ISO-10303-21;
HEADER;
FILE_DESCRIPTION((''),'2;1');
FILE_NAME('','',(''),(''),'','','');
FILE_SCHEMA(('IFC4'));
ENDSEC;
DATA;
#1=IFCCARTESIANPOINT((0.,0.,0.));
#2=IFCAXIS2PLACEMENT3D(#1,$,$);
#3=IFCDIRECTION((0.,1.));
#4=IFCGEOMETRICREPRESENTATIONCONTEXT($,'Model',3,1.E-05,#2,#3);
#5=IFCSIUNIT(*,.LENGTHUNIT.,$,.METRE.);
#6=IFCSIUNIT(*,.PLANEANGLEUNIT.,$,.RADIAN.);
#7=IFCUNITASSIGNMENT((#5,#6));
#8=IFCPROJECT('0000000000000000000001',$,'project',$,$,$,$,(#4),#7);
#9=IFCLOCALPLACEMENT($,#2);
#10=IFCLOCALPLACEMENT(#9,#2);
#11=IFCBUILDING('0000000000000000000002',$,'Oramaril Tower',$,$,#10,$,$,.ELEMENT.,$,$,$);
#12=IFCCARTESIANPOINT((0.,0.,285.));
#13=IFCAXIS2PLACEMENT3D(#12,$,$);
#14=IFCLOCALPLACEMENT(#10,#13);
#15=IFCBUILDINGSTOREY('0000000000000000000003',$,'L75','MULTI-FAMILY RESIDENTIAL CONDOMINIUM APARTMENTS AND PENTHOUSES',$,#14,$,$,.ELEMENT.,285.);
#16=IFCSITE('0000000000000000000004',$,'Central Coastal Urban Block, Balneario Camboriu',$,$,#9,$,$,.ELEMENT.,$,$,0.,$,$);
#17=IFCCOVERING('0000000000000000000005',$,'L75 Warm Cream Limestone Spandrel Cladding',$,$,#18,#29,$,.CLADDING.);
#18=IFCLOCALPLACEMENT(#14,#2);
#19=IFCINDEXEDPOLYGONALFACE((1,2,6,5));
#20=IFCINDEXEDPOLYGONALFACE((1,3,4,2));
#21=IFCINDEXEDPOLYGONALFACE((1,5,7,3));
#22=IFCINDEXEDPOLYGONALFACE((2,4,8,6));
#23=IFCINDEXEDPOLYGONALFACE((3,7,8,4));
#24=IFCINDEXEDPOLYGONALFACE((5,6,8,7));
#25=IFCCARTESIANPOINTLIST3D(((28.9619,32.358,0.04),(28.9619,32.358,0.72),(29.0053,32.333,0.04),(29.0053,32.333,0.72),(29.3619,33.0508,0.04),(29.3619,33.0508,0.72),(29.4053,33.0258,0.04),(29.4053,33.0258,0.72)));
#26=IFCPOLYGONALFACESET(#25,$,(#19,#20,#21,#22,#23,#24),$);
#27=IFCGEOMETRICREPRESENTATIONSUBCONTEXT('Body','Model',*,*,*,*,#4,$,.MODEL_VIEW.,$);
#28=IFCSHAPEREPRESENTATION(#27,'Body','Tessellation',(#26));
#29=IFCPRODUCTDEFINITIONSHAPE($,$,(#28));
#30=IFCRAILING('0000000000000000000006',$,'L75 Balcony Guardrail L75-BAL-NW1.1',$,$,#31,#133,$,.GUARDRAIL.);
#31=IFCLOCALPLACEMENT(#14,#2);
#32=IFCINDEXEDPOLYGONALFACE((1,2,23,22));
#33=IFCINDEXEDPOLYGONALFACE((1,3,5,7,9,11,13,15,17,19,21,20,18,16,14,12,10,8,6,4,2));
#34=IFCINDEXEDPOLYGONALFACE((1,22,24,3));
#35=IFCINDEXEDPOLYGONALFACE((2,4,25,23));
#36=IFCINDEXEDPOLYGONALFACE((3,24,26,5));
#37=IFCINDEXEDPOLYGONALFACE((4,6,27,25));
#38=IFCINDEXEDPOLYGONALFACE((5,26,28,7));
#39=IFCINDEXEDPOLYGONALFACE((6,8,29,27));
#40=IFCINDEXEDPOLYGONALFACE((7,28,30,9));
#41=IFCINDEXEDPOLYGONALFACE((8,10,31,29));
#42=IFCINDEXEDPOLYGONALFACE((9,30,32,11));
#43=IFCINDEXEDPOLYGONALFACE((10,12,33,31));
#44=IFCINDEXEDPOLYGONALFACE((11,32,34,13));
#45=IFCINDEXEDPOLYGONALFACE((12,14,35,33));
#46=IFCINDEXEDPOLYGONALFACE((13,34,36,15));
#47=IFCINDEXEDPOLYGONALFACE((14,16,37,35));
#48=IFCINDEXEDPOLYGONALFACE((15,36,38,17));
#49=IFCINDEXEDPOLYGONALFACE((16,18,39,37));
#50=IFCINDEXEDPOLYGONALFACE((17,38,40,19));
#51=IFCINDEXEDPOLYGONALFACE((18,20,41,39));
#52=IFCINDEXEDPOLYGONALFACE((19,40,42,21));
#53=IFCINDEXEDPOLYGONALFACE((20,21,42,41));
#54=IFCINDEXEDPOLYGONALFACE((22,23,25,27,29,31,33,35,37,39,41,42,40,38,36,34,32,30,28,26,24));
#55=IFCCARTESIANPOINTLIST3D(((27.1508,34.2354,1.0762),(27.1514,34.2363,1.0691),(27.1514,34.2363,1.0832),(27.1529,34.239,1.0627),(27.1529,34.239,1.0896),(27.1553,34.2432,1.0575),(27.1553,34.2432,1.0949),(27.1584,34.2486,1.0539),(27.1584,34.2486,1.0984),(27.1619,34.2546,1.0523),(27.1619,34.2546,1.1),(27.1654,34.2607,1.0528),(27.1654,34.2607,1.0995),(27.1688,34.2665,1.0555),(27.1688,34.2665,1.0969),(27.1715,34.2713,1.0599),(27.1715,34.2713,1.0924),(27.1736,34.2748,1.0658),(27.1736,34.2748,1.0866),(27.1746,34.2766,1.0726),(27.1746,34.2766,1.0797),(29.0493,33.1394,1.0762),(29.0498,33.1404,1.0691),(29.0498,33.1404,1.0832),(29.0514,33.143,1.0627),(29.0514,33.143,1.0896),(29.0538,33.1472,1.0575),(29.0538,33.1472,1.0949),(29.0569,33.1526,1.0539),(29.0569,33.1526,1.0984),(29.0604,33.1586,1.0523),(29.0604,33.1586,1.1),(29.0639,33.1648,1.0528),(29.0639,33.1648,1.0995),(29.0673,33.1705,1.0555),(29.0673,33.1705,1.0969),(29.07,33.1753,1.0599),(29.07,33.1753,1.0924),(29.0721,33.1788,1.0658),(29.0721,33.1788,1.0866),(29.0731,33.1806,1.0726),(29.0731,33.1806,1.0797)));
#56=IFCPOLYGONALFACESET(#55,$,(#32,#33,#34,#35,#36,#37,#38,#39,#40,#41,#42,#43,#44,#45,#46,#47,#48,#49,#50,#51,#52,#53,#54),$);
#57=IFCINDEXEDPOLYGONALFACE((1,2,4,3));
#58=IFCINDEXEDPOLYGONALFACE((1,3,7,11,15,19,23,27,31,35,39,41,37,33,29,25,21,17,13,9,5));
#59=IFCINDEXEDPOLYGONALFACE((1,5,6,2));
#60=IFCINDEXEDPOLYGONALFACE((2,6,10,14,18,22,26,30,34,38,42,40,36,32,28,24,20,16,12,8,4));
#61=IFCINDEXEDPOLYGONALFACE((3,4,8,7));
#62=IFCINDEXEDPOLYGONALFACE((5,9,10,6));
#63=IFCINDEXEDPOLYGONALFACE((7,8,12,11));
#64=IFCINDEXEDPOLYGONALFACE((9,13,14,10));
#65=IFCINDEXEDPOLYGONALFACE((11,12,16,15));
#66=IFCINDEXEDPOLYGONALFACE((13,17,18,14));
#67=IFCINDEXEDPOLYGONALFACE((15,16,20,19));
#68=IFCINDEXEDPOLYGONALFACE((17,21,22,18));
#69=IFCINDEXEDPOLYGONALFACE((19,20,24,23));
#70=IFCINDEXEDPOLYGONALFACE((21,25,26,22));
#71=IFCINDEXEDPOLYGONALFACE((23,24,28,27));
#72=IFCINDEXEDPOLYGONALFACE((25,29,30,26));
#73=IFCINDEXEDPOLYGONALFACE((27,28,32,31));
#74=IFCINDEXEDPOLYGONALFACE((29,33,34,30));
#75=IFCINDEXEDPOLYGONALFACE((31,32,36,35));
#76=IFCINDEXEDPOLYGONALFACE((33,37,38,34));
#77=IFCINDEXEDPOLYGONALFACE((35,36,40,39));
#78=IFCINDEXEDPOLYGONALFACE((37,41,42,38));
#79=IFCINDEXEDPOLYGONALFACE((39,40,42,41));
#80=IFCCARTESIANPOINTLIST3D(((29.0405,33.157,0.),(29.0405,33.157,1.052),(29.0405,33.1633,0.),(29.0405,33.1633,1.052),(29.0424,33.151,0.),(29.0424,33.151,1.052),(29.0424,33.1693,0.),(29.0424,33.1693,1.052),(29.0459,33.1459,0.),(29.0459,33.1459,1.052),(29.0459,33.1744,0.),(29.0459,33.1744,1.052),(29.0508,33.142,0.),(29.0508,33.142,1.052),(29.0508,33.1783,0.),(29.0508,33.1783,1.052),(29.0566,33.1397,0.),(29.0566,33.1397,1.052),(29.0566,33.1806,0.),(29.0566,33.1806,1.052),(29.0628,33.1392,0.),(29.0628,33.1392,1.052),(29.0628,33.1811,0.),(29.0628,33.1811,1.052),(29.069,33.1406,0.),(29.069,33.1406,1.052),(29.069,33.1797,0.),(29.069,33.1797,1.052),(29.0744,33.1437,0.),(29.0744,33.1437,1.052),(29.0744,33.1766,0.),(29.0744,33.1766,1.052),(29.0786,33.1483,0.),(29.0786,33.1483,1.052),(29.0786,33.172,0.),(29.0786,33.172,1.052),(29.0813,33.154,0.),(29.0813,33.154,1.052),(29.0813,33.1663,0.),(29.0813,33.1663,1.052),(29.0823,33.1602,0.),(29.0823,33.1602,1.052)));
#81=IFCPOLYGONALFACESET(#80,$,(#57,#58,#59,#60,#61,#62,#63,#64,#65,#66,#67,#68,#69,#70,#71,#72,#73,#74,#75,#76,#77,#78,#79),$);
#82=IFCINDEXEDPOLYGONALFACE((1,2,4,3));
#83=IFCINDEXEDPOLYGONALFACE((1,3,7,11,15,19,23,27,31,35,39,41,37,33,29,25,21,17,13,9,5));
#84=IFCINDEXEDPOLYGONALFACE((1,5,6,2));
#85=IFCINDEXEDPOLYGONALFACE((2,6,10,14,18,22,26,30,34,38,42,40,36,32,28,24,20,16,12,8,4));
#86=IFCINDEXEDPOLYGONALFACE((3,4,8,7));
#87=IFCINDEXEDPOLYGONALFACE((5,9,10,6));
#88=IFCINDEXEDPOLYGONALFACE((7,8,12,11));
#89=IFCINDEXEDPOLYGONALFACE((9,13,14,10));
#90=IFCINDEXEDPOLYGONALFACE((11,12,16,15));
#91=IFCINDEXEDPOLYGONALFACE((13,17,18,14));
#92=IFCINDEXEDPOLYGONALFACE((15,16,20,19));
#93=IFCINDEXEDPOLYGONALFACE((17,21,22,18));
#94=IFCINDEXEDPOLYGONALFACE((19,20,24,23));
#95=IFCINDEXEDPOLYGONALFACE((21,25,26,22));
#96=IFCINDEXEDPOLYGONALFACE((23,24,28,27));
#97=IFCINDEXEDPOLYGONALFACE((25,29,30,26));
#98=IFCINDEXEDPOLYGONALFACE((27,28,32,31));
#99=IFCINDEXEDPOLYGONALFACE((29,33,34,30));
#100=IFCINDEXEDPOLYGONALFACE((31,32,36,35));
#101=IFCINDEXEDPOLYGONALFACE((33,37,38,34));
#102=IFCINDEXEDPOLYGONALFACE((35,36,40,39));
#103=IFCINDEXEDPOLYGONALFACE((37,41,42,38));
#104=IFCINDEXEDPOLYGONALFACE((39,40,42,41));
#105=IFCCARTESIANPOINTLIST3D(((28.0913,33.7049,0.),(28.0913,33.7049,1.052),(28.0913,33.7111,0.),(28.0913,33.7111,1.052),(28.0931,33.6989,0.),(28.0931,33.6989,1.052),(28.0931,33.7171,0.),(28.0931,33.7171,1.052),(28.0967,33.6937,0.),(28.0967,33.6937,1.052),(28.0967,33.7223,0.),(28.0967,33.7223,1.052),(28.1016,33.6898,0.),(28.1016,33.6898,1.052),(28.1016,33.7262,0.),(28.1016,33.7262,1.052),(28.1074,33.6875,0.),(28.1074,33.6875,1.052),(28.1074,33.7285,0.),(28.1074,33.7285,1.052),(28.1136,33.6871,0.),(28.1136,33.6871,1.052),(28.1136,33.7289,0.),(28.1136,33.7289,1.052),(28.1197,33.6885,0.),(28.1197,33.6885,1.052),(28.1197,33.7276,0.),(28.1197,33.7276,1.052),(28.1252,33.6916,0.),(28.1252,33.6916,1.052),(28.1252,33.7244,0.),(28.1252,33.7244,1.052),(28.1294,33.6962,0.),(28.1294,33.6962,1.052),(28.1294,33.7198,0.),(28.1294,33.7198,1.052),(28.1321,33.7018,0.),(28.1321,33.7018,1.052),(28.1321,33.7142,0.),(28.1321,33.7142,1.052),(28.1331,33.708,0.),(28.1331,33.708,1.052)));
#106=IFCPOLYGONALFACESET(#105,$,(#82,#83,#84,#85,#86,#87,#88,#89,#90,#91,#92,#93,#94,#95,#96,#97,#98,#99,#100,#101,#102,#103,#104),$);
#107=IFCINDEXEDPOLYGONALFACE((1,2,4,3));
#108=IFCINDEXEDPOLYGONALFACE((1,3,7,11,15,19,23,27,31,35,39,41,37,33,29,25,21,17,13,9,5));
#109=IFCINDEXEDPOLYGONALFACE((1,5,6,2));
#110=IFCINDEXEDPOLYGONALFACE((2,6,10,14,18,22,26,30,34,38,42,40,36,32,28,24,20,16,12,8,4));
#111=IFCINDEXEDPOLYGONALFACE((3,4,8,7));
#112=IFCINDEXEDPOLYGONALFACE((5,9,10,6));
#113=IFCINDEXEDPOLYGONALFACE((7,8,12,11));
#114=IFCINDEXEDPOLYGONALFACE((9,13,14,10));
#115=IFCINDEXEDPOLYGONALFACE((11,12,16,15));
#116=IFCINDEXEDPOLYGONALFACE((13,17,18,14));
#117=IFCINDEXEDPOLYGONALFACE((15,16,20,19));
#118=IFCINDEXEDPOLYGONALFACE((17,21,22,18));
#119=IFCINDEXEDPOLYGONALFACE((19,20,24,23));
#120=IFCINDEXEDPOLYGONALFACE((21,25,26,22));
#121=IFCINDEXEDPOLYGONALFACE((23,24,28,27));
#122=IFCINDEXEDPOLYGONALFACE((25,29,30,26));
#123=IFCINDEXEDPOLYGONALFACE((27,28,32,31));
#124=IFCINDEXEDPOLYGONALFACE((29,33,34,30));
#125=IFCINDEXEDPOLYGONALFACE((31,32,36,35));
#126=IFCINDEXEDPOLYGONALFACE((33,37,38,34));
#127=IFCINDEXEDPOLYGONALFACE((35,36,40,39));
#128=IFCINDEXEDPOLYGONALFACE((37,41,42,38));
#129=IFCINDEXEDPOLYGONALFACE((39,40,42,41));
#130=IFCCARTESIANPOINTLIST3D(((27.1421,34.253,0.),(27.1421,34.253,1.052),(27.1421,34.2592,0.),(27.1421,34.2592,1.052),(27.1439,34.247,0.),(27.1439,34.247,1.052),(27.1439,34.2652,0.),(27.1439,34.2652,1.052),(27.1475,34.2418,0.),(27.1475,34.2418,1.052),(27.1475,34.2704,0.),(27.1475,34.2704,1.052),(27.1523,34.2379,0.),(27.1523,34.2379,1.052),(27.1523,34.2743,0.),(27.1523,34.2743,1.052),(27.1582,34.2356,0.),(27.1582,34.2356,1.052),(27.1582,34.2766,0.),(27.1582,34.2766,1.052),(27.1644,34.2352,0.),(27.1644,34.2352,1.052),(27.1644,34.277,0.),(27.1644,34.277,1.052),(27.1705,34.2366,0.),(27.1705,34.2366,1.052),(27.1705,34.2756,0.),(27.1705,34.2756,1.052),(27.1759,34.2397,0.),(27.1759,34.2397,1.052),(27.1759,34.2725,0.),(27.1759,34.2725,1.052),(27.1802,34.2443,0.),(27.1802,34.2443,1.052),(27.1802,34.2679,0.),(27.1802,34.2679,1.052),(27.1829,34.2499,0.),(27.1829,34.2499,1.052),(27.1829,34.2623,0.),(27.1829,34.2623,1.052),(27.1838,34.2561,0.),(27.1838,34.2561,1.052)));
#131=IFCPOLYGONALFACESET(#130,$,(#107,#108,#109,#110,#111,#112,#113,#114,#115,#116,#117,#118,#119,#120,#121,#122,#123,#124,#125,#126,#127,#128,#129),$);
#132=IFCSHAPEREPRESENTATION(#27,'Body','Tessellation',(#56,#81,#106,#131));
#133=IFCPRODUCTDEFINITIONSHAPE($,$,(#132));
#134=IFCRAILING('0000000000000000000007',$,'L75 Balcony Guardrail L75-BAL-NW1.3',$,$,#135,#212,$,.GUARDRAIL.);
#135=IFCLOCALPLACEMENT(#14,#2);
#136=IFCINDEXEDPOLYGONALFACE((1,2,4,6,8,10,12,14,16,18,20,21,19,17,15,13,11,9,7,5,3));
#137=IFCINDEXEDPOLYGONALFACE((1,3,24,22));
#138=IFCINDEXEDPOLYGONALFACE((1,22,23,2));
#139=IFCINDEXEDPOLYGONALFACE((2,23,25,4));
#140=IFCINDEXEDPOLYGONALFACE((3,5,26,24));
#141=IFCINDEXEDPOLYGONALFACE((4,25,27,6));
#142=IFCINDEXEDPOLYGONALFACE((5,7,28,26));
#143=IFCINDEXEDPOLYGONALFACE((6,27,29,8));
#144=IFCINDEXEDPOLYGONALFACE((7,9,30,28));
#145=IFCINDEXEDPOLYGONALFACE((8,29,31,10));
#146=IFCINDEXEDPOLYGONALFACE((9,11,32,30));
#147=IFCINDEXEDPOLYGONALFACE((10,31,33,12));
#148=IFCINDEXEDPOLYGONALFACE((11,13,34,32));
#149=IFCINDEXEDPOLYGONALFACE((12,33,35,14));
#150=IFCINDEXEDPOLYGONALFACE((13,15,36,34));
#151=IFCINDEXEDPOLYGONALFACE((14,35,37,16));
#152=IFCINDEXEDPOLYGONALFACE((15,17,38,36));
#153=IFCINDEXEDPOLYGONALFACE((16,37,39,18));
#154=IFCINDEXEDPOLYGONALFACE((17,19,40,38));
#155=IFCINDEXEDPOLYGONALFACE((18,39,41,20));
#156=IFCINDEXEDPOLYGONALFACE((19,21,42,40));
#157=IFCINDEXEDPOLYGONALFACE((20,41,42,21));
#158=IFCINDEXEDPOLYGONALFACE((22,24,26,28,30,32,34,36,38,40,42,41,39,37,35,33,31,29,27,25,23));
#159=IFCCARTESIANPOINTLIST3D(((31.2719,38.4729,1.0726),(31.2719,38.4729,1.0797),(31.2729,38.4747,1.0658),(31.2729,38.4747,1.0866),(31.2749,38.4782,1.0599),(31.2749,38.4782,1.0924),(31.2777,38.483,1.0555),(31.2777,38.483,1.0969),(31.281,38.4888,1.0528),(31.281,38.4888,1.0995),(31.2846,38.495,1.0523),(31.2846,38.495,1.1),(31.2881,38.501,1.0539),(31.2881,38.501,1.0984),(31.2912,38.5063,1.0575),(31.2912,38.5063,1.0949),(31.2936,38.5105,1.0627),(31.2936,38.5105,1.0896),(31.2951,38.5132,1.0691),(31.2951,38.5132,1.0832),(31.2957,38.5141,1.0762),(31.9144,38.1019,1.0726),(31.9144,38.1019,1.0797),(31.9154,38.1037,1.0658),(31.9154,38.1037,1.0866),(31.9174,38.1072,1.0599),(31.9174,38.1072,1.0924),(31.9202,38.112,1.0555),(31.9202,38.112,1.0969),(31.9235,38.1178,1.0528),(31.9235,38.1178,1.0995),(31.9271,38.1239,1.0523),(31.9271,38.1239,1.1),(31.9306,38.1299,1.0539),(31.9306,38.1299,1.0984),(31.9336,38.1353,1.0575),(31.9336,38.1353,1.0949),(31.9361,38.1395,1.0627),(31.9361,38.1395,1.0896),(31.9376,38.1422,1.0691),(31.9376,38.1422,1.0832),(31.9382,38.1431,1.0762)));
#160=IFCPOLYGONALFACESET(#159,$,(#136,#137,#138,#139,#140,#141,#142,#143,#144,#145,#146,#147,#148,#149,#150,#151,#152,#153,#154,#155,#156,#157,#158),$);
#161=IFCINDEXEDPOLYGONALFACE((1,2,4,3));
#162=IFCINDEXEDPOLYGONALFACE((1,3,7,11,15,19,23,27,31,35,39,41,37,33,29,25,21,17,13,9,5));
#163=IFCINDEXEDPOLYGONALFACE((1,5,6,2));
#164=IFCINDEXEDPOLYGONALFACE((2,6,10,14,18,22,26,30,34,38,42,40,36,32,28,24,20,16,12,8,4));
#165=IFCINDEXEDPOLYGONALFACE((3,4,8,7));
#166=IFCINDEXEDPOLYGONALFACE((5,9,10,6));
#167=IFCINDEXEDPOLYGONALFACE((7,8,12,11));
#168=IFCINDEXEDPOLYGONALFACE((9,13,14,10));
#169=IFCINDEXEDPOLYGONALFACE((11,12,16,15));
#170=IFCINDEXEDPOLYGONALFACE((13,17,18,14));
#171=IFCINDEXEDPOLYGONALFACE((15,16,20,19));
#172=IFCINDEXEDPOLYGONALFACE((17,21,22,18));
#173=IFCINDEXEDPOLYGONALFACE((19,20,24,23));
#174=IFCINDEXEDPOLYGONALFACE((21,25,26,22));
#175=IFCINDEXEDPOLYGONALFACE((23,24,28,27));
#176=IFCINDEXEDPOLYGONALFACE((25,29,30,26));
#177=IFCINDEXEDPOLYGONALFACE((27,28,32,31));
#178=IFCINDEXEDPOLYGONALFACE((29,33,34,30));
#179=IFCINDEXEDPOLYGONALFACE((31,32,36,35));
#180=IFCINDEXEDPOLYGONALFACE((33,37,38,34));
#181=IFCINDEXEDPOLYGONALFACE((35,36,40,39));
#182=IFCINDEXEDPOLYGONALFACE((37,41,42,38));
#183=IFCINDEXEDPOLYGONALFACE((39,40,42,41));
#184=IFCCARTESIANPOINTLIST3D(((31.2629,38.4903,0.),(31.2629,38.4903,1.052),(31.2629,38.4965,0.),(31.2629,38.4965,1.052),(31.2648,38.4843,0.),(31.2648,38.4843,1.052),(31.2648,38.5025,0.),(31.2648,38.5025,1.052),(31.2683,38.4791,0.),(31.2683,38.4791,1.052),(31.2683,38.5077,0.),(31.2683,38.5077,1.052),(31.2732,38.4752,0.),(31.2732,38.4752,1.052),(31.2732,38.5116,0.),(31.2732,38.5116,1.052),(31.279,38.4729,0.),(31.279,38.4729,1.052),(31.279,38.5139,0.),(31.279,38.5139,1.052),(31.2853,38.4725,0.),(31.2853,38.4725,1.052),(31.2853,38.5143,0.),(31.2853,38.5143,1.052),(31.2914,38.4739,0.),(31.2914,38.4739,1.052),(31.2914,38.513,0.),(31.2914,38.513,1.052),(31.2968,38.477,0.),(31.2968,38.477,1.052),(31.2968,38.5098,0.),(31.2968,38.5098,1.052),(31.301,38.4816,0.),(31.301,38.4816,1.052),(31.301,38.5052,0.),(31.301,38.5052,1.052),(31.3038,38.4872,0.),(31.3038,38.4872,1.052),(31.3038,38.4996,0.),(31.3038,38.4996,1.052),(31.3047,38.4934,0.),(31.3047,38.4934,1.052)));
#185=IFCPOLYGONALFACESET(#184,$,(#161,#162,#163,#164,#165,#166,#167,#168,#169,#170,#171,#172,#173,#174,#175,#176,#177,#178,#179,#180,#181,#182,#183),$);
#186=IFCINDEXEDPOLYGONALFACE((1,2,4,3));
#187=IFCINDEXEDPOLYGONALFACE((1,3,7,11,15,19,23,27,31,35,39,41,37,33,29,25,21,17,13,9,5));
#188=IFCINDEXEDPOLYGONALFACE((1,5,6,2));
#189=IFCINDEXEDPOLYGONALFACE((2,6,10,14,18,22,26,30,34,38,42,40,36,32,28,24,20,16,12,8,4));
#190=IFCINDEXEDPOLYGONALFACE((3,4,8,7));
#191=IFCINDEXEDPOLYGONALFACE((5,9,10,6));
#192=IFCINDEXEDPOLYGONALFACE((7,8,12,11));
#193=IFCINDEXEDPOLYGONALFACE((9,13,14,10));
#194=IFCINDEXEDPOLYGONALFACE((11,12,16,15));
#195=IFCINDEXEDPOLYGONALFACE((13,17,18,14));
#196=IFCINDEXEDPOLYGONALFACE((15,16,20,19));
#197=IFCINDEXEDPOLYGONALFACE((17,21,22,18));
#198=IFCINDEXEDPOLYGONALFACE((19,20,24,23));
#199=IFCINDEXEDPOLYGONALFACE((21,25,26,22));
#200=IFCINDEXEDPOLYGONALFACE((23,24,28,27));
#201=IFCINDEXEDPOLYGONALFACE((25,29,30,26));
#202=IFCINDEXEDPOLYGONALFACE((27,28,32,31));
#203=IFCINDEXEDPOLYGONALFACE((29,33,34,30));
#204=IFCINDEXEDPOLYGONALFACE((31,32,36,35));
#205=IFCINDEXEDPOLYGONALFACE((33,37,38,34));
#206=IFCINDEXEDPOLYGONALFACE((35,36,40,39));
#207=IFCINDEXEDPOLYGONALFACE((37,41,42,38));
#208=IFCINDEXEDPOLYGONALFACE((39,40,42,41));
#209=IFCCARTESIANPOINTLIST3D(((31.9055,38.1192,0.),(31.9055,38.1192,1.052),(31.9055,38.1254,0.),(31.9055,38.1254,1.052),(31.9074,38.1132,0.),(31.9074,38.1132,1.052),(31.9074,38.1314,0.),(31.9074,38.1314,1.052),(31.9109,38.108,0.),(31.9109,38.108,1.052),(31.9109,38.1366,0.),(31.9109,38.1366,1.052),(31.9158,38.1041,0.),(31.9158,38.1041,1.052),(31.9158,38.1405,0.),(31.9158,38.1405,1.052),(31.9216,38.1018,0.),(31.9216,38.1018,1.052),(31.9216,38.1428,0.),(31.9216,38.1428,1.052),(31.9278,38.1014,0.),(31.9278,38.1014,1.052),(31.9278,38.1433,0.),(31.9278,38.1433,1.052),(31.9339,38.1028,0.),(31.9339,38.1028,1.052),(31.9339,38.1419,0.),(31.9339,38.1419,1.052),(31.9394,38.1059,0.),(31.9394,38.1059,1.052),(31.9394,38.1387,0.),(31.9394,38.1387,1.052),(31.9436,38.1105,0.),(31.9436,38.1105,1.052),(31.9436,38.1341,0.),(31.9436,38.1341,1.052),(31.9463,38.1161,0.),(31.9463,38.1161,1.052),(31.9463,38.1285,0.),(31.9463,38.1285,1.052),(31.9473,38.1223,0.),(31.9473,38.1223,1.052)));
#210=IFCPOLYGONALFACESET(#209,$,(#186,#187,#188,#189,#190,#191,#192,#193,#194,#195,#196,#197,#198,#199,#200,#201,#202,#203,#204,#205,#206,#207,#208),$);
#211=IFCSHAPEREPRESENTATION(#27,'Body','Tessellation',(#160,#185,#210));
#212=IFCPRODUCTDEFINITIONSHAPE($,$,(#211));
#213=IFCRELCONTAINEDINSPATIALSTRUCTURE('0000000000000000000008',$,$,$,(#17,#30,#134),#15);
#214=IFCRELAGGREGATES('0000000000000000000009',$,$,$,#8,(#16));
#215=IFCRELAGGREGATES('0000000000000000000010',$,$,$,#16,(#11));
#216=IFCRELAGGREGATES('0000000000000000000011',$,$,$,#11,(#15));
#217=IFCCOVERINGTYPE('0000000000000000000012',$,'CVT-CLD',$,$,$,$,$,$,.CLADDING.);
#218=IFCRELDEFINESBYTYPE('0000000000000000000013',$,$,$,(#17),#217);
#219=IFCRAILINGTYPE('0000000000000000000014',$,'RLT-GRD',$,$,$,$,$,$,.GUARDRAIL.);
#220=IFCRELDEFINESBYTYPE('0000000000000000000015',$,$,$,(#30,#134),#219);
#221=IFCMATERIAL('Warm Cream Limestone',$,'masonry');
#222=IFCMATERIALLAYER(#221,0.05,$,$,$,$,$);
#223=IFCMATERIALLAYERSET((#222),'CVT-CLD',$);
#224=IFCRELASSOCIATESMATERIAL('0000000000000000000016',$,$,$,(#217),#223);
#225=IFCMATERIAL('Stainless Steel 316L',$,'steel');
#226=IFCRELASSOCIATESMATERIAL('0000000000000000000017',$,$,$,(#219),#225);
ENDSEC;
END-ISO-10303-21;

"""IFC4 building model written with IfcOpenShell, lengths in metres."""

from ifc_helpers import new_model, si_unit, direction, frame, origin, origin_2d, place, context, subcontext, project, spatial, rectangle, circle, extrude, material, layer, layer_set, type_object, element, save


model = new_model("IFC4")

# Units and contexts
model_context = context("Model", 3, precision=1e-05, world=origin(), true_north=direction((0.0, 1.0)))
body_context = subcontext(model_context, "Body", "Model", "MODEL_VIEW")
ifc_project = project(units=[si_unit("LENGTHUNIT", "METRE"), si_unit("PLANEANGLEUNIT", "RADIAN")], contexts=[model_context])

# Site, building, storey
site_placement = place(None, origin())
site = spatial("IfcSite", under=ifc_project, at=site_placement, Name="Central Coastal Urban Block, Balneario Camboriu", CompositionType="ELEMENT", RefElevation=0.0)
building_placement = place(site_placement, origin())
building = spatial("IfcBuilding", under=site, at=building_placement, Name="Oramaril Tower", CompositionType="ELEMENT")
storey_placement = place(building_placement, frame((0.0, 0.0, 285.0)))
storey = spatial("IfcBuildingStorey", under=building, at=storey_placement, Name="L75", Description="MULTI-FAMILY RESIDENTIAL CONDOMINIUM APARTMENTS AND PENTHOUSES", CompositionType="ELEMENT", Elevation=285.0)

# Covering
ifc_material_1 = material(Name="Warm Cream Limestone", Category="masonry")
ifc_layer_1 = layer(ifc_material_1, 0.05)
ifc_layer_set_1 = layer_set([ifc_layer_1], Name="CVT-CLD")
covering_type = type_object("IfcCoveringType", Name="CVT-CLD", PredefinedType="CLADDING", material=ifc_layer_set_1)
covering_placement = place(storey_placement, frame((29.1836, 32.6919, 0.04), z_axis=(0.0, 0.0, 1.0), x_axis=(-0.5, -0.866025, 0.0)))
element("IfcCovering", 1, at=covering_placement, inside=storey, type_object=covering_type, Name="L75 Warm Cream Limestone Spandrel Cladding", PredefinedType="CLADDING", context=body_context, shape_type="SweptSolid", body=[
    extrude(rectangle(XDim=0.8, YDim=0.05, at=origin_2d()), origin(), (0.0, 0.0, 1.0), 0.6799),
])

# Railings
ifc_material_2 = material(Name="Stainless Steel 316L", Category="steel")
railing_type = type_object("IfcRailingType", Name="RLT-GRD", PredefinedType="GUARDRAIL", material=ifc_material_2)
railing_1_placement = place(storey_placement, frame((29.0613, 33.1602, 0.0)))
element("IfcRailing", 2, at=railing_1_placement, inside=storey, type_object=railing_type, Name="L75 Balcony Guardrail L75-BAL-NW1.1", PredefinedType="GUARDRAIL", context=body_context, shape_type="SweptSolid", body=[
    extrude(circle(Radius=0.0239, at=origin_2d()), frame((0.0, 0.0, 1.0762), z_axis=(-0.866048, 0.49996, 0.0), x_axis=(-0.49996, -0.866048, 0.0)), (0.0, 0.0, 1.0), 2.1921),
    extrude(circle(Radius=0.021, at=origin_2d()), origin(), (0.0, 0.0, 1.0), 1.052),
    extrude(circle(Radius=0.021, at=origin_2d()), frame((-0.9492, 0.5479, 0.0)), (0.0, 0.0, 1.0), 1.052),
    extrude(circle(Radius=0.021, at=origin_2d()), frame((-1.8984, 1.0959, 0.0)), (0.0, 0.0, 1.0), 1.052),
])
railing_2_placement = place(storey_placement, frame((31.2837, 38.4934, 0.0)))
element("IfcRailing", 3, at=railing_2_placement, inside=storey, type_object=railing_type, Name="L75 Balcony Guardrail L75-BAL-NW1.3", PredefinedType="GUARDRAIL", context=body_context, shape_type="SweptSolid", body=[
    extrude(circle(Radius=0.0239, at=origin_2d()), frame((0.0, 0.0, 1.0762), z_axis=(0.865966, -0.500102, 0.0), x_axis=(0.500102, 0.865966, 0.0)), (0.0, 0.0, 1.0), 0.7419),
    extrude(circle(Radius=0.021, at=origin_2d()), origin(), (0.0, 0.0, 1.0), 1.052),
    extrude(circle(Radius=0.021, at=origin_2d()), frame((0.6426, -0.3711, 0.0)), (0.0, 0.0, 1.0), 1.052),
])

save(model, "model.ifc")
